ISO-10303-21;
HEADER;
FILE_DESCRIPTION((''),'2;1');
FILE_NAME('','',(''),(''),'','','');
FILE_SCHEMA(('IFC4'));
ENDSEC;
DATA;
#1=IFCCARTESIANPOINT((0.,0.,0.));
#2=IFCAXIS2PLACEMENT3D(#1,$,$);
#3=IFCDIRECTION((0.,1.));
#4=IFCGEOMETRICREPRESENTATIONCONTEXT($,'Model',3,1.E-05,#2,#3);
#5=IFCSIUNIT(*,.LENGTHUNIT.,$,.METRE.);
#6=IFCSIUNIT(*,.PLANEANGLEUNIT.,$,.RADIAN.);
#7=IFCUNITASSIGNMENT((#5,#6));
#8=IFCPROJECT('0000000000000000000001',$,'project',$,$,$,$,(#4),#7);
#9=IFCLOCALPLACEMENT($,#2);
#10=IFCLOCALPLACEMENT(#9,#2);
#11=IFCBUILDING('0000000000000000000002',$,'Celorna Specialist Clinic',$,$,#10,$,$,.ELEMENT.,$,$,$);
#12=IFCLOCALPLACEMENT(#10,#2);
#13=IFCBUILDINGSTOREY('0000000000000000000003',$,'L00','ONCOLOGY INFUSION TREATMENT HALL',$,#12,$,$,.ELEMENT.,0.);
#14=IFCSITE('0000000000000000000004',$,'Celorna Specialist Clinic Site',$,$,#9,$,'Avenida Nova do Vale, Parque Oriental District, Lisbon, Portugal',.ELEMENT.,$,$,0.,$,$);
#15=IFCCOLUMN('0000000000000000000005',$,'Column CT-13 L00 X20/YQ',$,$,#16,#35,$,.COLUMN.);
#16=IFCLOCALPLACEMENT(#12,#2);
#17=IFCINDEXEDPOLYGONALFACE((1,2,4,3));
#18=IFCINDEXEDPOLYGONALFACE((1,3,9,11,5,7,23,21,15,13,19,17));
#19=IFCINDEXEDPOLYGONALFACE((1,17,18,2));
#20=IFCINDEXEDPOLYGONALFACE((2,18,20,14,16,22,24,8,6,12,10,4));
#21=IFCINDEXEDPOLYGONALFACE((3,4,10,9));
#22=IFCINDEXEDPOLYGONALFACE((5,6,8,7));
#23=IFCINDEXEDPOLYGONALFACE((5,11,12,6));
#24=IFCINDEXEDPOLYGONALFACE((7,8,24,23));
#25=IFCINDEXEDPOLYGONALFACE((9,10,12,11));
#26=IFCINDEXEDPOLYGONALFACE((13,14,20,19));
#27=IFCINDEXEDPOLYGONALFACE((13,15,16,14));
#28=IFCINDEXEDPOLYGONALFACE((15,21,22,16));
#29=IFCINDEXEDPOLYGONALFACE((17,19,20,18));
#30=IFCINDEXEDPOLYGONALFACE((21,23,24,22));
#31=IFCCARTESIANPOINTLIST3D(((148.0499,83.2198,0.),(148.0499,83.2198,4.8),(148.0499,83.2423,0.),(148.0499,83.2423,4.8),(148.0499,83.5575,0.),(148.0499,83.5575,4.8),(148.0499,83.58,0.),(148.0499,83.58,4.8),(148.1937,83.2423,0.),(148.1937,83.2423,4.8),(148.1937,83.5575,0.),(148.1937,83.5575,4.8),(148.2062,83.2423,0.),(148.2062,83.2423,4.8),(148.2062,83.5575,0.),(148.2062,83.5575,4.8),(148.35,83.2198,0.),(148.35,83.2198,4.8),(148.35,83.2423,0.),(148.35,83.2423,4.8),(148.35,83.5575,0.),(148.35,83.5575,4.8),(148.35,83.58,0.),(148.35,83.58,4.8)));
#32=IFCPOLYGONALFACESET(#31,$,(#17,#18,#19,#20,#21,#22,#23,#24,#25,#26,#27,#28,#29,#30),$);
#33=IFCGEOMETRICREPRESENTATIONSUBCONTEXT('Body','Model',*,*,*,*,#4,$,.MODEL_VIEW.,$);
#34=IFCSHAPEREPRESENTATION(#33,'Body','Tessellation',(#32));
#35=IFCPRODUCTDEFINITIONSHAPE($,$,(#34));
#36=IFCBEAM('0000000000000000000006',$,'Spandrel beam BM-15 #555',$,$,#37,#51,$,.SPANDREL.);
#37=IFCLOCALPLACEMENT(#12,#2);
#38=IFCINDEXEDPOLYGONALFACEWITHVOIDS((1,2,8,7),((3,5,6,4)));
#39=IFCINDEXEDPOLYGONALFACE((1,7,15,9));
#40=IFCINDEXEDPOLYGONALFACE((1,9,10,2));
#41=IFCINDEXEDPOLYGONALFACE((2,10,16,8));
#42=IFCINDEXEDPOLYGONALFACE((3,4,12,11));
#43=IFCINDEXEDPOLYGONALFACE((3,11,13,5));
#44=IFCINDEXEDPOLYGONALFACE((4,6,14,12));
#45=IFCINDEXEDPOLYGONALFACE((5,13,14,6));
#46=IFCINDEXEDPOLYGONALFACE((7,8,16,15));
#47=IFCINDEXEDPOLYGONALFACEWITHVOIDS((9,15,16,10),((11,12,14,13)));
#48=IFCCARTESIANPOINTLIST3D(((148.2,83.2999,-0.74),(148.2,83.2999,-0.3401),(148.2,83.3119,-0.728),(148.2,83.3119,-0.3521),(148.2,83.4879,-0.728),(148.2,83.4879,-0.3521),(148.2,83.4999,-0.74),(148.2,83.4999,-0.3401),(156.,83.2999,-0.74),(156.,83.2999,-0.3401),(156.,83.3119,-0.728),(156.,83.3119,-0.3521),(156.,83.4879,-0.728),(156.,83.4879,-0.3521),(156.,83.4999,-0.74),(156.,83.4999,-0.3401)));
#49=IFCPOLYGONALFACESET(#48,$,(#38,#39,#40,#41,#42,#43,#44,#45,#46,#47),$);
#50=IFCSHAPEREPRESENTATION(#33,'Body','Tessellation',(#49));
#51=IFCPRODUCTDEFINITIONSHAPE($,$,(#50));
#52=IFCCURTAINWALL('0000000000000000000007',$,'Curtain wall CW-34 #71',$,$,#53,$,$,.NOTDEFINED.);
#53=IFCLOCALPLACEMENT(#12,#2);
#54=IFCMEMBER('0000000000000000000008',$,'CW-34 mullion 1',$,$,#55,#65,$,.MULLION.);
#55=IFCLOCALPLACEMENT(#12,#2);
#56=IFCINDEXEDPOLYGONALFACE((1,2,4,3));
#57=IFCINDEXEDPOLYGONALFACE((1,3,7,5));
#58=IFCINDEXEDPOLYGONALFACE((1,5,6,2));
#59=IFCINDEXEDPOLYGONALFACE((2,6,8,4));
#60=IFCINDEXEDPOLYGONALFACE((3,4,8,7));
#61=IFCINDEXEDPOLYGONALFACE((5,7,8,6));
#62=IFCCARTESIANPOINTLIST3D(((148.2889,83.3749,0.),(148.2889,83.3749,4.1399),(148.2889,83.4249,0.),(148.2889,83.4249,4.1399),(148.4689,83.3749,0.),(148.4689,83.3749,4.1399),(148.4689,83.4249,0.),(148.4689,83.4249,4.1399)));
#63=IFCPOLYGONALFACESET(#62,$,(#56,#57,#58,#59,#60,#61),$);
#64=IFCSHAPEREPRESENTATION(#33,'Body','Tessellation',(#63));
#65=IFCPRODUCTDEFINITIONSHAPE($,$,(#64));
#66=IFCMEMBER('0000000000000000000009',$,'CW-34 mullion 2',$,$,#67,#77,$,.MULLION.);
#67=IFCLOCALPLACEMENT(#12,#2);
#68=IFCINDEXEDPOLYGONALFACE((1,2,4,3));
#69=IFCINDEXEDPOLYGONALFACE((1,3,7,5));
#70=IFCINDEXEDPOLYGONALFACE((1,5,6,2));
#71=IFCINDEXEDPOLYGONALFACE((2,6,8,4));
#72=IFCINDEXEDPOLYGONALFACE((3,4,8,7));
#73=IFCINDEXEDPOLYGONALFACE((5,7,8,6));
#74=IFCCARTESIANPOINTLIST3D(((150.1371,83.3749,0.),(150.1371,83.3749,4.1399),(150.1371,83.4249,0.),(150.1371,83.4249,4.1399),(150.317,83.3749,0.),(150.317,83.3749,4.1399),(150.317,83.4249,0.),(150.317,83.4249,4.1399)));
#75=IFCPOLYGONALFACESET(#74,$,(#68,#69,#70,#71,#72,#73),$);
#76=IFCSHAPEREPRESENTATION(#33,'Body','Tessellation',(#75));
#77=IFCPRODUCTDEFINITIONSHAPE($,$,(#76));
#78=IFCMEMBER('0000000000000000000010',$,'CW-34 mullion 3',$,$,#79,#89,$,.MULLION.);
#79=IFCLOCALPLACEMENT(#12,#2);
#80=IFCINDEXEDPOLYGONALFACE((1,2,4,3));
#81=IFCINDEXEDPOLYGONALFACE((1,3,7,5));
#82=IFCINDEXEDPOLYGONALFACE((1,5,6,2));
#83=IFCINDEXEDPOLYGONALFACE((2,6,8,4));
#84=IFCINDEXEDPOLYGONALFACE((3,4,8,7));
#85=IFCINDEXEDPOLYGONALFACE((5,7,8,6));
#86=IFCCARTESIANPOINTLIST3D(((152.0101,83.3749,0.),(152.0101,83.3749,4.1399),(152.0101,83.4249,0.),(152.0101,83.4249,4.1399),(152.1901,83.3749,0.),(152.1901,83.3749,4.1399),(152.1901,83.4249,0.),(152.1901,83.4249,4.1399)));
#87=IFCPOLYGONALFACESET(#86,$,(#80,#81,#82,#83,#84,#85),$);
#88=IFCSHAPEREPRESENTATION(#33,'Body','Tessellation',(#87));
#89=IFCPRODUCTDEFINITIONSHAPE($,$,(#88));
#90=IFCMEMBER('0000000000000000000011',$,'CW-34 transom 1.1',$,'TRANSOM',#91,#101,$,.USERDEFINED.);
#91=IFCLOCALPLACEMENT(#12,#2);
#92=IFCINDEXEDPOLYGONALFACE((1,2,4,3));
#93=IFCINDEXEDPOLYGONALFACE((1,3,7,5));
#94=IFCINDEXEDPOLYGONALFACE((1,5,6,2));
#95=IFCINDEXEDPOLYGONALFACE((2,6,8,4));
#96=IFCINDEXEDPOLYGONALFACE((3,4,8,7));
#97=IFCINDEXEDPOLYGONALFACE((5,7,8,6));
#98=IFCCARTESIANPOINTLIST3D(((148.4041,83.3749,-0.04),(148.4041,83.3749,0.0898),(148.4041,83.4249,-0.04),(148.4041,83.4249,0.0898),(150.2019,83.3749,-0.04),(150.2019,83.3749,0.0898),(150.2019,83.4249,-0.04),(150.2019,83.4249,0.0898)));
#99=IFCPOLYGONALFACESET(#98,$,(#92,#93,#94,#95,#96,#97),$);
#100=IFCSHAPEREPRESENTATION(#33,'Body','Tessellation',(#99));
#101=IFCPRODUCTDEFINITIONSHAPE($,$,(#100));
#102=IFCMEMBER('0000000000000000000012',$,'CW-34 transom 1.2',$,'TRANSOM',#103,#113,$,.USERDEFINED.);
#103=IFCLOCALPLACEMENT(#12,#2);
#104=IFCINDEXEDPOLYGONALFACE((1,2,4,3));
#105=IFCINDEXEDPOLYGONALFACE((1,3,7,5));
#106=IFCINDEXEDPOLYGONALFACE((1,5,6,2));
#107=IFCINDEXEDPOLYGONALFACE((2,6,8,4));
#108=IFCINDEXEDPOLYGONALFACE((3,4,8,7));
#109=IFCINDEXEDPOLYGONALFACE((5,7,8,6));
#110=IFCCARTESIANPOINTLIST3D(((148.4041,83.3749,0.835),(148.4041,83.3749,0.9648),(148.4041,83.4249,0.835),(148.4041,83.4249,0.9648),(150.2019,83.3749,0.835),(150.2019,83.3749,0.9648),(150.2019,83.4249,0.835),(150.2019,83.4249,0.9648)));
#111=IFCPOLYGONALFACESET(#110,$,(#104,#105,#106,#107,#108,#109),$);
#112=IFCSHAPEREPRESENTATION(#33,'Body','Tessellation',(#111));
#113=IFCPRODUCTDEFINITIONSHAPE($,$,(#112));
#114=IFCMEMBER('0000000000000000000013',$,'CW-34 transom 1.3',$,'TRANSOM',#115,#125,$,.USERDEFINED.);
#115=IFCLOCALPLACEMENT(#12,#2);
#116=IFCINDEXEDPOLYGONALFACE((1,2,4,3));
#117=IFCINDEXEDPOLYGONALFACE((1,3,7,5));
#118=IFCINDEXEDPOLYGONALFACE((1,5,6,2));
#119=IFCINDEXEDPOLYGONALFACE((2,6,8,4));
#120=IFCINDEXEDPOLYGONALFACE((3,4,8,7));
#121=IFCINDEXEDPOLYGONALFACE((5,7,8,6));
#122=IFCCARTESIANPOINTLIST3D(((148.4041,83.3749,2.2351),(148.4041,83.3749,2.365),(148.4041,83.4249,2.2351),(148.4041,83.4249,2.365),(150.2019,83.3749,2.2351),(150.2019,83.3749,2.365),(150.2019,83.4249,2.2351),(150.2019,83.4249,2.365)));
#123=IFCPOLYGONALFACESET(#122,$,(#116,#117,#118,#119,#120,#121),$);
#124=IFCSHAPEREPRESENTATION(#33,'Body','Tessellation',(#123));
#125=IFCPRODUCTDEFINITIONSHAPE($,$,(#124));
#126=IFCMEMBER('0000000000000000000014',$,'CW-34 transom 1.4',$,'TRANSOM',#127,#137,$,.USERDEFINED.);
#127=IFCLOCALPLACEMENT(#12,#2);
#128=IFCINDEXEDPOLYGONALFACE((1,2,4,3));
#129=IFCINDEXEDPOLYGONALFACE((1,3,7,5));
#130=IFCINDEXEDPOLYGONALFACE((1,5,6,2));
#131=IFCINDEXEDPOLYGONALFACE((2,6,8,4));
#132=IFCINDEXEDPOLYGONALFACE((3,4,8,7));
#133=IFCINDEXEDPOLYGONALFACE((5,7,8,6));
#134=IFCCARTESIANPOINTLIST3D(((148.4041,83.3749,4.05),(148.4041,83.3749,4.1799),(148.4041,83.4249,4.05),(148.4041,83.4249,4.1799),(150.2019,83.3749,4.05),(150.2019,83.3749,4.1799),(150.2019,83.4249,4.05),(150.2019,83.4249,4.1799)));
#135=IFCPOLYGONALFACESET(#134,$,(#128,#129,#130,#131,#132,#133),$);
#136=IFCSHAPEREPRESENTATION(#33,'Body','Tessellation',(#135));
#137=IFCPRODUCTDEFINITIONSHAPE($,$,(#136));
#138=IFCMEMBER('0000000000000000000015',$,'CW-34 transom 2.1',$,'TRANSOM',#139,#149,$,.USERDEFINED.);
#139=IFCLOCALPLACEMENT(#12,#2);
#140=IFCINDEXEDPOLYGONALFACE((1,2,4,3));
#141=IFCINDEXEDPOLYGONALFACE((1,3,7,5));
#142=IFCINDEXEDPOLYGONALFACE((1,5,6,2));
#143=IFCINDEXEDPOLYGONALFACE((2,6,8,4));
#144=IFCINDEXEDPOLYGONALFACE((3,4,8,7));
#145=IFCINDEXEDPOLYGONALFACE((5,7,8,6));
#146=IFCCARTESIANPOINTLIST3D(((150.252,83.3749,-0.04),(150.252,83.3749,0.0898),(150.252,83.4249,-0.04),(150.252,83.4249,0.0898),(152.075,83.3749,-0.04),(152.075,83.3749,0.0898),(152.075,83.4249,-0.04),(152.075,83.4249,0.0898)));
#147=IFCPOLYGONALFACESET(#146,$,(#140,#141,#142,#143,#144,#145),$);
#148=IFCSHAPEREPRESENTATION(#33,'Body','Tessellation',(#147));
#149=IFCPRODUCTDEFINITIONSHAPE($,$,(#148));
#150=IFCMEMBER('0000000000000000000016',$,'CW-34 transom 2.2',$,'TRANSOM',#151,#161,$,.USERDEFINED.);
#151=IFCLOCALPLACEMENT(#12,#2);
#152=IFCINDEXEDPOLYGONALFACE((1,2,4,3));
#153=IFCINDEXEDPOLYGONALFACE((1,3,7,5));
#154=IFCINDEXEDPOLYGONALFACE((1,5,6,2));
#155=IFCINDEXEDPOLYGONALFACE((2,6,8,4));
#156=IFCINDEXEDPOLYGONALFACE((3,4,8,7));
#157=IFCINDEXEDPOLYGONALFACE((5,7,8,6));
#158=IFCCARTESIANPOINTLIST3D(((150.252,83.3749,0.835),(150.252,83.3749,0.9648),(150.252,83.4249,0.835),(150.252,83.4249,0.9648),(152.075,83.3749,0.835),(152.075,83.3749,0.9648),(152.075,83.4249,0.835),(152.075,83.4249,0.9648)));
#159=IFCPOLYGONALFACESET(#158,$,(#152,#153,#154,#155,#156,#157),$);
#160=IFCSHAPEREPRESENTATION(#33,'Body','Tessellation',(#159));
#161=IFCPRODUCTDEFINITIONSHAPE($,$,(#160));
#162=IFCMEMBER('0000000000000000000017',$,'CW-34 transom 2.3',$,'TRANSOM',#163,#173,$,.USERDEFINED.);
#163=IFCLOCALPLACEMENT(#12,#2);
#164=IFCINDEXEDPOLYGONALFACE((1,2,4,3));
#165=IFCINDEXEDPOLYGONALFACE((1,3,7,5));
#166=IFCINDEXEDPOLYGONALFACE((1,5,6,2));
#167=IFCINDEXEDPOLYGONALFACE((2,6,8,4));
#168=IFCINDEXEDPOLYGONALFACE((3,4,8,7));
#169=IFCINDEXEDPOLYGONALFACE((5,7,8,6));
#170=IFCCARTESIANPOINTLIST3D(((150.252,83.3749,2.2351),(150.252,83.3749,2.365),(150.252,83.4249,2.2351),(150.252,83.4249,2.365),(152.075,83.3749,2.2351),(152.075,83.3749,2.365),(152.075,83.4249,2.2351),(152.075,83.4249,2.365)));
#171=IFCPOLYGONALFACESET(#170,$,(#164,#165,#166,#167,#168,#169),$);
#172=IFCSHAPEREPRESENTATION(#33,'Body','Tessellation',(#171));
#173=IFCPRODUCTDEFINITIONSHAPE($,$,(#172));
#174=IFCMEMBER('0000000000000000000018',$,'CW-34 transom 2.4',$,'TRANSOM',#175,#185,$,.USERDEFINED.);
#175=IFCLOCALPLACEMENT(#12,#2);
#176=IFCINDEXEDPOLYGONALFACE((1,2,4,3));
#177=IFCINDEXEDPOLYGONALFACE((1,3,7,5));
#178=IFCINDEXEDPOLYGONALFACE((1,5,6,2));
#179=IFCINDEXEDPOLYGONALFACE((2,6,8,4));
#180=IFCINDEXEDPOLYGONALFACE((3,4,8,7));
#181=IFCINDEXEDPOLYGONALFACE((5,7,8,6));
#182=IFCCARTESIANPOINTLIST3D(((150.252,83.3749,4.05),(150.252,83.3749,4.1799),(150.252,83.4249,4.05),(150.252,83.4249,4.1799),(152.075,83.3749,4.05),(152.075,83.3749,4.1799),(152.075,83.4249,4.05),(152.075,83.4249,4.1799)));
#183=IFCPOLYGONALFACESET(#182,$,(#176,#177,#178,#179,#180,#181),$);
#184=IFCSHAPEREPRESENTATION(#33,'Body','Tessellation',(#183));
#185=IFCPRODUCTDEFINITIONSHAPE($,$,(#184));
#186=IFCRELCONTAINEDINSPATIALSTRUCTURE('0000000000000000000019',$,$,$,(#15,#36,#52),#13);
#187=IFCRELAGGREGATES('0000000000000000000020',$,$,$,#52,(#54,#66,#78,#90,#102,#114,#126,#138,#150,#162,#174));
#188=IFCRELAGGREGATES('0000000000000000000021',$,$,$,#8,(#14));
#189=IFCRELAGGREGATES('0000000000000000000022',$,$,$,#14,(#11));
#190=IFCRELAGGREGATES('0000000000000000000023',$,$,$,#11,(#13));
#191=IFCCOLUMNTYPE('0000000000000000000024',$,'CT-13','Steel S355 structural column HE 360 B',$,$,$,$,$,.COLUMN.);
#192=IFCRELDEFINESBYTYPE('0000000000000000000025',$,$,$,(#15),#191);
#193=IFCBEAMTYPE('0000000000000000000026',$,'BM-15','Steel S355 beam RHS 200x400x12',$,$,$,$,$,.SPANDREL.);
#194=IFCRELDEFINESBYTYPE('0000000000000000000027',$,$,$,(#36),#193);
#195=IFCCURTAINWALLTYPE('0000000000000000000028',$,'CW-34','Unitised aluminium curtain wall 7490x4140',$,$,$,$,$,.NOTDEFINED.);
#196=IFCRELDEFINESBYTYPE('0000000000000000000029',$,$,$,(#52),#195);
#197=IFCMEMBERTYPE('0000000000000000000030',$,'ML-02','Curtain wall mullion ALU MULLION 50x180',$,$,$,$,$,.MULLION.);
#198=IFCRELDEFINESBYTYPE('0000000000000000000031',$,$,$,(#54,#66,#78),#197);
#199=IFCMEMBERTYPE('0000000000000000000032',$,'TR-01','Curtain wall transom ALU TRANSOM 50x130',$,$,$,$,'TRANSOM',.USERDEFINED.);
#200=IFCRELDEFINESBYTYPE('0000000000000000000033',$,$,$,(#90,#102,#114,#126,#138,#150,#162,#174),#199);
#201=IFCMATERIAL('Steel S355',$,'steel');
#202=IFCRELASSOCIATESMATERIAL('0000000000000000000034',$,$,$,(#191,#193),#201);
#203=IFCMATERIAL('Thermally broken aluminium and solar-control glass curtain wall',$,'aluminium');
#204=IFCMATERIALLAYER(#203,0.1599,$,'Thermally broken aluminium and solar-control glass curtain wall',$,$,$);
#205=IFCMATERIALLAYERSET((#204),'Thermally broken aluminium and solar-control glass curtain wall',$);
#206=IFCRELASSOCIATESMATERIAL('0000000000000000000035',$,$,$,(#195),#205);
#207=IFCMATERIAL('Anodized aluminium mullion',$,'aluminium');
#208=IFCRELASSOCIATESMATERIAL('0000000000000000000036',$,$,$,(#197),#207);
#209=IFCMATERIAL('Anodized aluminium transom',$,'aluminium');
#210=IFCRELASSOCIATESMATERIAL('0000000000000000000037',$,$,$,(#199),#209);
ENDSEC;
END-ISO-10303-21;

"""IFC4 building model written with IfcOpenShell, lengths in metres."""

from ifc_helpers import new_model, si_unit, direction, frame, origin, origin_2d, place, context, subcontext, project, spatial, rectangle, hollow_rectangle, i_section, extrude, material, layer, layer_set, material_profile, profile_set, type_object, element, aggregate, save


model = new_model("IFC4")

# Units and contexts
model_context = context("Model", 3, precision=1e-05, world=origin(), true_north=direction((0.0, 1.0)))
body_context = subcontext(model_context, "Body", "Model", "MODEL_VIEW")
ifc_project = project(units=[si_unit("LENGTHUNIT", "METRE"), si_unit("PLANEANGLEUNIT", "RADIAN")], contexts=[model_context])

# Site, building, storey
site_placement = place(None, origin())
site = spatial("IfcSite", under=ifc_project, at=site_placement, Name="Celorna Specialist Clinic Site", LongName="Avenida Nova do Vale, Parque Oriental District, Lisbon, Portugal", CompositionType="ELEMENT", RefElevation=0.0)
building_placement = place(site_placement, origin())
building = spatial("IfcBuilding", under=site, at=building_placement, Name="Celorna Specialist Clinic", CompositionType="ELEMENT")
storey_placement = place(building_placement, origin())
storey = spatial("IfcBuildingStorey", under=building, at=storey_placement, Name="L00", Description="ONCOLOGY INFUSION TREATMENT HALL", CompositionType="ELEMENT", Elevation=0.0)

# Column
ifc_material_1 = material(Name="Steel S355", Category="steel")
ifc_material_profile_1 = material_profile(ifc_material_1, i_section(OverallWidth=0.3, OverallDepth=0.3601, WebThickness=0.0125, FlangeThickness=0.0225, at=origin_2d()), Name="HE 360 B")
ifc_profile_set_1 = profile_set([ifc_material_profile_1], Name="Steel S355")
column_type = type_object("IfcColumnType", Name="CT-13", Description="Steel S355 structural column HE 360 B", PredefinedType="COLUMN", material=ifc_profile_set_1)
column_placement = place(storey_placement, frame((148.2, 83.3999, 0.0), z_axis=(0.0, 0.0, 1.0), x_axis=(1.0, 0.0, 0.0)))
element("IfcColumn", 1, at=column_placement, inside=storey, type_object=column_type, Name="Column CT-13 L00 X20/YQ", PredefinedType="COLUMN", context=body_context, shape_type="SweptSolid", body=[
    extrude(i_section(OverallWidth=0.3, OverallDepth=0.3601, WebThickness=0.0125, FlangeThickness=0.0225, at=origin_2d()), origin(), (0.0, 0.0, 1.0), 4.8),
])

# Beam
ifc_material_profile_2 = material_profile(ifc_material_1, hollow_rectangle(XDim=0.2, YDim=0.3999, WallThickness=0.012, at=origin_2d()), Name="RHS 200x400x12")
ifc_profile_set_2 = profile_set([ifc_material_profile_2], Name="Steel S355")
beam_type = type_object("IfcBeamType", Name="BM-15", Description="Steel S355 beam RHS 200x400x12", PredefinedType="SPANDREL", material=ifc_profile_set_2)
beam_placement = place(storey_placement, frame((148.2, 83.3999, -0.54), z_axis=(1.0, 0.0, 0.0), x_axis=(0.0, 1.0, 0.0)))
element("IfcBeam", 2, at=beam_placement, inside=storey, type_object=beam_type, Name="Spandrel beam BM-15 #555", PredefinedType="SPANDREL", context=body_context, shape_type="SweptSolid", body=[
    extrude(hollow_rectangle(XDim=0.2, YDim=0.3999, WallThickness=0.012, at=origin_2d()), origin(), (0.0, 0.0, 1.0), 7.8),
])

# Curtain wall, members
ifc_material_2 = material(Name="Thermally broken aluminium and solar-control glass curtain wall", Category="aluminium")
ifc_layer_1 = layer(ifc_material_2, 0.1599, Name="Thermally broken aluminium and solar-control glass curtain wall")
ifc_layer_set_1 = layer_set([ifc_layer_1], Name="Thermally broken aluminium and solar-control glass curtain wall")
curtain_wall_type_1 = type_object("IfcCurtainWallType", Name="CW-34", Description="Unitised aluminium curtain wall 7490x4140", PredefinedType="NOTDEFINED", material=ifc_layer_set_1)
curtain_wall_1_placement = place(storey_placement, origin())
curtain_wall_1 = element("IfcCurtainWall", 3, at=curtain_wall_1_placement, inside=storey, type_object=curtain_wall_type_1, Name="Curtain wall CW-34 #71", PredefinedType="NOTDEFINED")
ifc_material_3 = material(Name="Anodized aluminium mullion", Category="aluminium")
ifc_material_profile_3 = material_profile(ifc_material_3, rectangle(XDim=0.05, YDim=0.1799, at=origin_2d()), Name="ALU MULLION 50x180")
ifc_profile_set_3 = profile_set([ifc_material_profile_3], Name="Anodized aluminium mullion")
member_type_1 = type_object("IfcMemberType", Name="ML-02", Description="Curtain wall mullion ALU MULLION 50x180", PredefinedType="MULLION", material=ifc_profile_set_3)
member_1_placement = place(storey_placement, frame((148.3789, 83.3999, 0.0), z_axis=(0.0, 0.0, 1.0), x_axis=(0.0, 1.0, 0.0)))
member_1 = element("IfcMember", 4, at=member_1_placement, type_object=member_type_1, Name="CW-34 mullion 1", PredefinedType="MULLION", context=body_context, shape_type="SweptSolid", body=[
    extrude(rectangle(XDim=0.05, YDim=0.1799, at=origin_2d()), origin(), (0.0, 0.0, 1.0), 4.1399),
])
member_2_placement = place(storey_placement, frame((150.2271, 83.3999, 0.0), z_axis=(0.0, 0.0, 1.0), x_axis=(0.0, 1.0, 0.0)))
member_2 = element("IfcMember", 5, at=member_2_placement, type_object=member_type_1, Name="CW-34 mullion 2", PredefinedType="MULLION", context=body_context, shape_type="SweptSolid", body=[
    extrude(rectangle(XDim=0.05, YDim=0.1799, at=origin_2d()), origin(), (0.0, 0.0, 1.0), 4.1399),
])
member_3_placement = place(storey_placement, frame((152.1001, 83.3999, 0.0), z_axis=(0.0, 0.0, 1.0), x_axis=(0.0, 1.0, 0.0)))
member_3 = element("IfcMember", 6, at=member_3_placement, type_object=member_type_1, Name="CW-34 mullion 3", PredefinedType="MULLION", context=body_context, shape_type="SweptSolid", body=[
    extrude(rectangle(XDim=0.05, YDim=0.1799, at=origin_2d()), origin(), (0.0, 0.0, 1.0), 4.1399),
])
ifc_material_4 = material(Name="Anodized aluminium transom", Category="aluminium")
ifc_material_profile_4 = material_profile(ifc_material_4, rectangle(XDim=0.05, YDim=0.1299, at=origin_2d()), Name="ALU TRANSOM 50x130")
ifc_profile_set_4 = profile_set([ifc_material_profile_4], Name="Anodized aluminium transom")
member_type_2 = type_object("IfcMemberType", Name="TR-01", Description="Curtain wall transom ALU TRANSOM 50x130", ElementType="TRANSOM", PredefinedType="USERDEFINED", material=ifc_profile_set_4)
member_4_placement = place(storey_placement, frame((148.4041, 83.3999, 0.0249), z_axis=(1.0, 0.0, 0.0), x_axis=(0.0, 1.0, 0.0)))
member_4 = element("IfcMember", 7, at=member_4_placement, type_object=member_type_2, Name="CW-34 transom 1.1", ObjectType="TRANSOM", PredefinedType="USERDEFINED", context=body_context, shape_type="SweptSolid", body=[
    extrude(rectangle(XDim=0.05, YDim=0.1299, at=origin_2d()), origin(), (0.0, 0.0, 1.0), 1.7979),
])
member_5_placement = place(storey_placement, frame((148.4041, 83.3999, 0.8999), z_axis=(1.0, 0.0, 0.0), x_axis=(0.0, 1.0, 0.0)))
member_5 = element("IfcMember", 8, at=member_5_placement, type_object=member_type_2, Name="CW-34 transom 1.2", ObjectType="TRANSOM", PredefinedType="USERDEFINED", context=body_context, shape_type="SweptSolid", body=[
    extrude(rectangle(XDim=0.05, YDim=0.1299, at=origin_2d()), origin(), (0.0, 0.0, 1.0), 1.7979),
])
member_6_placement = place(storey_placement, frame((148.4041, 83.3999, 2.3), z_axis=(1.0, 0.0, 0.0), x_axis=(0.0, 1.0, 0.0)))
member_6 = element("IfcMember", 9, at=member_6_placement, type_object=member_type_2, Name="CW-34 transom 1.3", ObjectType="TRANSOM", PredefinedType="USERDEFINED", context=body_context, shape_type="SweptSolid", body=[
    extrude(rectangle(XDim=0.05, YDim=0.1299, at=origin_2d()), origin(), (0.0, 0.0, 1.0), 1.7979),
])
member_7_placement = place(storey_placement, frame((148.4041, 83.3999, 4.115), z_axis=(1.0, 0.0, 0.0), x_axis=(0.0, 1.0, 0.0)))
member_7 = element("IfcMember", 10, at=member_7_placement, type_object=member_type_2, Name="CW-34 transom 1.4", ObjectType="TRANSOM", PredefinedType="USERDEFINED", context=body_context, shape_type="SweptSolid", body=[
    extrude(rectangle(XDim=0.05, YDim=0.1299, at=origin_2d()), origin(), (0.0, 0.0, 1.0), 1.7979),
])
member_8_placement = place(storey_placement, frame((150.252, 83.3999, 0.0249), z_axis=(1.0, 0.0, 0.0), x_axis=(0.0, 1.0, 0.0)))
member_8 = element("IfcMember", 11, at=member_8_placement, type_object=member_type_2, Name="CW-34 transom 2.1", ObjectType="TRANSOM", PredefinedType="USERDEFINED", context=body_context, shape_type="SweptSolid", body=[
    extrude(rectangle(XDim=0.05, YDim=0.1299, at=origin_2d()), origin(), (0.0, 0.0, 1.0), 1.823),
])
member_9_placement = place(storey_placement, frame((150.252, 83.3999, 0.8999), z_axis=(1.0, 0.0, 0.0), x_axis=(0.0, 1.0, 0.0)))
member_9 = element("IfcMember", 12, at=member_9_placement, type_object=member_type_2, Name="CW-34 transom 2.2", ObjectType="TRANSOM", PredefinedType="USERDEFINED", context=body_context, shape_type="SweptSolid", body=[
    extrude(rectangle(XDim=0.05, YDim=0.1299, at=origin_2d()), origin(), (0.0, 0.0, 1.0), 1.823),
])
member_10_placement = place(storey_placement, frame((150.252, 83.3999, 2.3), z_axis=(1.0, 0.0, 0.0), x_axis=(0.0, 1.0, 0.0)))
member_10 = element("IfcMember", 13, at=member_10_placement, type_object=member_type_2, Name="CW-34 transom 2.3", ObjectType="TRANSOM", PredefinedType="USERDEFINED", context=body_context, shape_type="SweptSolid", body=[
    extrude(rectangle(XDim=0.05, YDim=0.1299, at=origin_2d()), origin(), (0.0, 0.0, 1.0), 1.823),
])
member_11_placement = place(storey_placement, frame((150.252, 83.3999, 4.115), z_axis=(1.0, 0.0, 0.0), x_axis=(0.0, 1.0, 0.0)))
member_11 = element("IfcMember", 14, at=member_11_placement, type_object=member_type_2, Name="CW-34 transom 2.4", ObjectType="TRANSOM", PredefinedType="USERDEFINED", context=body_context, shape_type="SweptSolid", body=[
    extrude(rectangle(XDim=0.05, YDim=0.1299, at=origin_2d()), origin(), (0.0, 0.0, 1.0), 1.823),
])

aggregate(curtain_wall_1, [member_1, member_2, member_3, member_4, member_5, member_6, member_7, member_8, member_9, member_10, member_11])

save(model, "model.ifc")
